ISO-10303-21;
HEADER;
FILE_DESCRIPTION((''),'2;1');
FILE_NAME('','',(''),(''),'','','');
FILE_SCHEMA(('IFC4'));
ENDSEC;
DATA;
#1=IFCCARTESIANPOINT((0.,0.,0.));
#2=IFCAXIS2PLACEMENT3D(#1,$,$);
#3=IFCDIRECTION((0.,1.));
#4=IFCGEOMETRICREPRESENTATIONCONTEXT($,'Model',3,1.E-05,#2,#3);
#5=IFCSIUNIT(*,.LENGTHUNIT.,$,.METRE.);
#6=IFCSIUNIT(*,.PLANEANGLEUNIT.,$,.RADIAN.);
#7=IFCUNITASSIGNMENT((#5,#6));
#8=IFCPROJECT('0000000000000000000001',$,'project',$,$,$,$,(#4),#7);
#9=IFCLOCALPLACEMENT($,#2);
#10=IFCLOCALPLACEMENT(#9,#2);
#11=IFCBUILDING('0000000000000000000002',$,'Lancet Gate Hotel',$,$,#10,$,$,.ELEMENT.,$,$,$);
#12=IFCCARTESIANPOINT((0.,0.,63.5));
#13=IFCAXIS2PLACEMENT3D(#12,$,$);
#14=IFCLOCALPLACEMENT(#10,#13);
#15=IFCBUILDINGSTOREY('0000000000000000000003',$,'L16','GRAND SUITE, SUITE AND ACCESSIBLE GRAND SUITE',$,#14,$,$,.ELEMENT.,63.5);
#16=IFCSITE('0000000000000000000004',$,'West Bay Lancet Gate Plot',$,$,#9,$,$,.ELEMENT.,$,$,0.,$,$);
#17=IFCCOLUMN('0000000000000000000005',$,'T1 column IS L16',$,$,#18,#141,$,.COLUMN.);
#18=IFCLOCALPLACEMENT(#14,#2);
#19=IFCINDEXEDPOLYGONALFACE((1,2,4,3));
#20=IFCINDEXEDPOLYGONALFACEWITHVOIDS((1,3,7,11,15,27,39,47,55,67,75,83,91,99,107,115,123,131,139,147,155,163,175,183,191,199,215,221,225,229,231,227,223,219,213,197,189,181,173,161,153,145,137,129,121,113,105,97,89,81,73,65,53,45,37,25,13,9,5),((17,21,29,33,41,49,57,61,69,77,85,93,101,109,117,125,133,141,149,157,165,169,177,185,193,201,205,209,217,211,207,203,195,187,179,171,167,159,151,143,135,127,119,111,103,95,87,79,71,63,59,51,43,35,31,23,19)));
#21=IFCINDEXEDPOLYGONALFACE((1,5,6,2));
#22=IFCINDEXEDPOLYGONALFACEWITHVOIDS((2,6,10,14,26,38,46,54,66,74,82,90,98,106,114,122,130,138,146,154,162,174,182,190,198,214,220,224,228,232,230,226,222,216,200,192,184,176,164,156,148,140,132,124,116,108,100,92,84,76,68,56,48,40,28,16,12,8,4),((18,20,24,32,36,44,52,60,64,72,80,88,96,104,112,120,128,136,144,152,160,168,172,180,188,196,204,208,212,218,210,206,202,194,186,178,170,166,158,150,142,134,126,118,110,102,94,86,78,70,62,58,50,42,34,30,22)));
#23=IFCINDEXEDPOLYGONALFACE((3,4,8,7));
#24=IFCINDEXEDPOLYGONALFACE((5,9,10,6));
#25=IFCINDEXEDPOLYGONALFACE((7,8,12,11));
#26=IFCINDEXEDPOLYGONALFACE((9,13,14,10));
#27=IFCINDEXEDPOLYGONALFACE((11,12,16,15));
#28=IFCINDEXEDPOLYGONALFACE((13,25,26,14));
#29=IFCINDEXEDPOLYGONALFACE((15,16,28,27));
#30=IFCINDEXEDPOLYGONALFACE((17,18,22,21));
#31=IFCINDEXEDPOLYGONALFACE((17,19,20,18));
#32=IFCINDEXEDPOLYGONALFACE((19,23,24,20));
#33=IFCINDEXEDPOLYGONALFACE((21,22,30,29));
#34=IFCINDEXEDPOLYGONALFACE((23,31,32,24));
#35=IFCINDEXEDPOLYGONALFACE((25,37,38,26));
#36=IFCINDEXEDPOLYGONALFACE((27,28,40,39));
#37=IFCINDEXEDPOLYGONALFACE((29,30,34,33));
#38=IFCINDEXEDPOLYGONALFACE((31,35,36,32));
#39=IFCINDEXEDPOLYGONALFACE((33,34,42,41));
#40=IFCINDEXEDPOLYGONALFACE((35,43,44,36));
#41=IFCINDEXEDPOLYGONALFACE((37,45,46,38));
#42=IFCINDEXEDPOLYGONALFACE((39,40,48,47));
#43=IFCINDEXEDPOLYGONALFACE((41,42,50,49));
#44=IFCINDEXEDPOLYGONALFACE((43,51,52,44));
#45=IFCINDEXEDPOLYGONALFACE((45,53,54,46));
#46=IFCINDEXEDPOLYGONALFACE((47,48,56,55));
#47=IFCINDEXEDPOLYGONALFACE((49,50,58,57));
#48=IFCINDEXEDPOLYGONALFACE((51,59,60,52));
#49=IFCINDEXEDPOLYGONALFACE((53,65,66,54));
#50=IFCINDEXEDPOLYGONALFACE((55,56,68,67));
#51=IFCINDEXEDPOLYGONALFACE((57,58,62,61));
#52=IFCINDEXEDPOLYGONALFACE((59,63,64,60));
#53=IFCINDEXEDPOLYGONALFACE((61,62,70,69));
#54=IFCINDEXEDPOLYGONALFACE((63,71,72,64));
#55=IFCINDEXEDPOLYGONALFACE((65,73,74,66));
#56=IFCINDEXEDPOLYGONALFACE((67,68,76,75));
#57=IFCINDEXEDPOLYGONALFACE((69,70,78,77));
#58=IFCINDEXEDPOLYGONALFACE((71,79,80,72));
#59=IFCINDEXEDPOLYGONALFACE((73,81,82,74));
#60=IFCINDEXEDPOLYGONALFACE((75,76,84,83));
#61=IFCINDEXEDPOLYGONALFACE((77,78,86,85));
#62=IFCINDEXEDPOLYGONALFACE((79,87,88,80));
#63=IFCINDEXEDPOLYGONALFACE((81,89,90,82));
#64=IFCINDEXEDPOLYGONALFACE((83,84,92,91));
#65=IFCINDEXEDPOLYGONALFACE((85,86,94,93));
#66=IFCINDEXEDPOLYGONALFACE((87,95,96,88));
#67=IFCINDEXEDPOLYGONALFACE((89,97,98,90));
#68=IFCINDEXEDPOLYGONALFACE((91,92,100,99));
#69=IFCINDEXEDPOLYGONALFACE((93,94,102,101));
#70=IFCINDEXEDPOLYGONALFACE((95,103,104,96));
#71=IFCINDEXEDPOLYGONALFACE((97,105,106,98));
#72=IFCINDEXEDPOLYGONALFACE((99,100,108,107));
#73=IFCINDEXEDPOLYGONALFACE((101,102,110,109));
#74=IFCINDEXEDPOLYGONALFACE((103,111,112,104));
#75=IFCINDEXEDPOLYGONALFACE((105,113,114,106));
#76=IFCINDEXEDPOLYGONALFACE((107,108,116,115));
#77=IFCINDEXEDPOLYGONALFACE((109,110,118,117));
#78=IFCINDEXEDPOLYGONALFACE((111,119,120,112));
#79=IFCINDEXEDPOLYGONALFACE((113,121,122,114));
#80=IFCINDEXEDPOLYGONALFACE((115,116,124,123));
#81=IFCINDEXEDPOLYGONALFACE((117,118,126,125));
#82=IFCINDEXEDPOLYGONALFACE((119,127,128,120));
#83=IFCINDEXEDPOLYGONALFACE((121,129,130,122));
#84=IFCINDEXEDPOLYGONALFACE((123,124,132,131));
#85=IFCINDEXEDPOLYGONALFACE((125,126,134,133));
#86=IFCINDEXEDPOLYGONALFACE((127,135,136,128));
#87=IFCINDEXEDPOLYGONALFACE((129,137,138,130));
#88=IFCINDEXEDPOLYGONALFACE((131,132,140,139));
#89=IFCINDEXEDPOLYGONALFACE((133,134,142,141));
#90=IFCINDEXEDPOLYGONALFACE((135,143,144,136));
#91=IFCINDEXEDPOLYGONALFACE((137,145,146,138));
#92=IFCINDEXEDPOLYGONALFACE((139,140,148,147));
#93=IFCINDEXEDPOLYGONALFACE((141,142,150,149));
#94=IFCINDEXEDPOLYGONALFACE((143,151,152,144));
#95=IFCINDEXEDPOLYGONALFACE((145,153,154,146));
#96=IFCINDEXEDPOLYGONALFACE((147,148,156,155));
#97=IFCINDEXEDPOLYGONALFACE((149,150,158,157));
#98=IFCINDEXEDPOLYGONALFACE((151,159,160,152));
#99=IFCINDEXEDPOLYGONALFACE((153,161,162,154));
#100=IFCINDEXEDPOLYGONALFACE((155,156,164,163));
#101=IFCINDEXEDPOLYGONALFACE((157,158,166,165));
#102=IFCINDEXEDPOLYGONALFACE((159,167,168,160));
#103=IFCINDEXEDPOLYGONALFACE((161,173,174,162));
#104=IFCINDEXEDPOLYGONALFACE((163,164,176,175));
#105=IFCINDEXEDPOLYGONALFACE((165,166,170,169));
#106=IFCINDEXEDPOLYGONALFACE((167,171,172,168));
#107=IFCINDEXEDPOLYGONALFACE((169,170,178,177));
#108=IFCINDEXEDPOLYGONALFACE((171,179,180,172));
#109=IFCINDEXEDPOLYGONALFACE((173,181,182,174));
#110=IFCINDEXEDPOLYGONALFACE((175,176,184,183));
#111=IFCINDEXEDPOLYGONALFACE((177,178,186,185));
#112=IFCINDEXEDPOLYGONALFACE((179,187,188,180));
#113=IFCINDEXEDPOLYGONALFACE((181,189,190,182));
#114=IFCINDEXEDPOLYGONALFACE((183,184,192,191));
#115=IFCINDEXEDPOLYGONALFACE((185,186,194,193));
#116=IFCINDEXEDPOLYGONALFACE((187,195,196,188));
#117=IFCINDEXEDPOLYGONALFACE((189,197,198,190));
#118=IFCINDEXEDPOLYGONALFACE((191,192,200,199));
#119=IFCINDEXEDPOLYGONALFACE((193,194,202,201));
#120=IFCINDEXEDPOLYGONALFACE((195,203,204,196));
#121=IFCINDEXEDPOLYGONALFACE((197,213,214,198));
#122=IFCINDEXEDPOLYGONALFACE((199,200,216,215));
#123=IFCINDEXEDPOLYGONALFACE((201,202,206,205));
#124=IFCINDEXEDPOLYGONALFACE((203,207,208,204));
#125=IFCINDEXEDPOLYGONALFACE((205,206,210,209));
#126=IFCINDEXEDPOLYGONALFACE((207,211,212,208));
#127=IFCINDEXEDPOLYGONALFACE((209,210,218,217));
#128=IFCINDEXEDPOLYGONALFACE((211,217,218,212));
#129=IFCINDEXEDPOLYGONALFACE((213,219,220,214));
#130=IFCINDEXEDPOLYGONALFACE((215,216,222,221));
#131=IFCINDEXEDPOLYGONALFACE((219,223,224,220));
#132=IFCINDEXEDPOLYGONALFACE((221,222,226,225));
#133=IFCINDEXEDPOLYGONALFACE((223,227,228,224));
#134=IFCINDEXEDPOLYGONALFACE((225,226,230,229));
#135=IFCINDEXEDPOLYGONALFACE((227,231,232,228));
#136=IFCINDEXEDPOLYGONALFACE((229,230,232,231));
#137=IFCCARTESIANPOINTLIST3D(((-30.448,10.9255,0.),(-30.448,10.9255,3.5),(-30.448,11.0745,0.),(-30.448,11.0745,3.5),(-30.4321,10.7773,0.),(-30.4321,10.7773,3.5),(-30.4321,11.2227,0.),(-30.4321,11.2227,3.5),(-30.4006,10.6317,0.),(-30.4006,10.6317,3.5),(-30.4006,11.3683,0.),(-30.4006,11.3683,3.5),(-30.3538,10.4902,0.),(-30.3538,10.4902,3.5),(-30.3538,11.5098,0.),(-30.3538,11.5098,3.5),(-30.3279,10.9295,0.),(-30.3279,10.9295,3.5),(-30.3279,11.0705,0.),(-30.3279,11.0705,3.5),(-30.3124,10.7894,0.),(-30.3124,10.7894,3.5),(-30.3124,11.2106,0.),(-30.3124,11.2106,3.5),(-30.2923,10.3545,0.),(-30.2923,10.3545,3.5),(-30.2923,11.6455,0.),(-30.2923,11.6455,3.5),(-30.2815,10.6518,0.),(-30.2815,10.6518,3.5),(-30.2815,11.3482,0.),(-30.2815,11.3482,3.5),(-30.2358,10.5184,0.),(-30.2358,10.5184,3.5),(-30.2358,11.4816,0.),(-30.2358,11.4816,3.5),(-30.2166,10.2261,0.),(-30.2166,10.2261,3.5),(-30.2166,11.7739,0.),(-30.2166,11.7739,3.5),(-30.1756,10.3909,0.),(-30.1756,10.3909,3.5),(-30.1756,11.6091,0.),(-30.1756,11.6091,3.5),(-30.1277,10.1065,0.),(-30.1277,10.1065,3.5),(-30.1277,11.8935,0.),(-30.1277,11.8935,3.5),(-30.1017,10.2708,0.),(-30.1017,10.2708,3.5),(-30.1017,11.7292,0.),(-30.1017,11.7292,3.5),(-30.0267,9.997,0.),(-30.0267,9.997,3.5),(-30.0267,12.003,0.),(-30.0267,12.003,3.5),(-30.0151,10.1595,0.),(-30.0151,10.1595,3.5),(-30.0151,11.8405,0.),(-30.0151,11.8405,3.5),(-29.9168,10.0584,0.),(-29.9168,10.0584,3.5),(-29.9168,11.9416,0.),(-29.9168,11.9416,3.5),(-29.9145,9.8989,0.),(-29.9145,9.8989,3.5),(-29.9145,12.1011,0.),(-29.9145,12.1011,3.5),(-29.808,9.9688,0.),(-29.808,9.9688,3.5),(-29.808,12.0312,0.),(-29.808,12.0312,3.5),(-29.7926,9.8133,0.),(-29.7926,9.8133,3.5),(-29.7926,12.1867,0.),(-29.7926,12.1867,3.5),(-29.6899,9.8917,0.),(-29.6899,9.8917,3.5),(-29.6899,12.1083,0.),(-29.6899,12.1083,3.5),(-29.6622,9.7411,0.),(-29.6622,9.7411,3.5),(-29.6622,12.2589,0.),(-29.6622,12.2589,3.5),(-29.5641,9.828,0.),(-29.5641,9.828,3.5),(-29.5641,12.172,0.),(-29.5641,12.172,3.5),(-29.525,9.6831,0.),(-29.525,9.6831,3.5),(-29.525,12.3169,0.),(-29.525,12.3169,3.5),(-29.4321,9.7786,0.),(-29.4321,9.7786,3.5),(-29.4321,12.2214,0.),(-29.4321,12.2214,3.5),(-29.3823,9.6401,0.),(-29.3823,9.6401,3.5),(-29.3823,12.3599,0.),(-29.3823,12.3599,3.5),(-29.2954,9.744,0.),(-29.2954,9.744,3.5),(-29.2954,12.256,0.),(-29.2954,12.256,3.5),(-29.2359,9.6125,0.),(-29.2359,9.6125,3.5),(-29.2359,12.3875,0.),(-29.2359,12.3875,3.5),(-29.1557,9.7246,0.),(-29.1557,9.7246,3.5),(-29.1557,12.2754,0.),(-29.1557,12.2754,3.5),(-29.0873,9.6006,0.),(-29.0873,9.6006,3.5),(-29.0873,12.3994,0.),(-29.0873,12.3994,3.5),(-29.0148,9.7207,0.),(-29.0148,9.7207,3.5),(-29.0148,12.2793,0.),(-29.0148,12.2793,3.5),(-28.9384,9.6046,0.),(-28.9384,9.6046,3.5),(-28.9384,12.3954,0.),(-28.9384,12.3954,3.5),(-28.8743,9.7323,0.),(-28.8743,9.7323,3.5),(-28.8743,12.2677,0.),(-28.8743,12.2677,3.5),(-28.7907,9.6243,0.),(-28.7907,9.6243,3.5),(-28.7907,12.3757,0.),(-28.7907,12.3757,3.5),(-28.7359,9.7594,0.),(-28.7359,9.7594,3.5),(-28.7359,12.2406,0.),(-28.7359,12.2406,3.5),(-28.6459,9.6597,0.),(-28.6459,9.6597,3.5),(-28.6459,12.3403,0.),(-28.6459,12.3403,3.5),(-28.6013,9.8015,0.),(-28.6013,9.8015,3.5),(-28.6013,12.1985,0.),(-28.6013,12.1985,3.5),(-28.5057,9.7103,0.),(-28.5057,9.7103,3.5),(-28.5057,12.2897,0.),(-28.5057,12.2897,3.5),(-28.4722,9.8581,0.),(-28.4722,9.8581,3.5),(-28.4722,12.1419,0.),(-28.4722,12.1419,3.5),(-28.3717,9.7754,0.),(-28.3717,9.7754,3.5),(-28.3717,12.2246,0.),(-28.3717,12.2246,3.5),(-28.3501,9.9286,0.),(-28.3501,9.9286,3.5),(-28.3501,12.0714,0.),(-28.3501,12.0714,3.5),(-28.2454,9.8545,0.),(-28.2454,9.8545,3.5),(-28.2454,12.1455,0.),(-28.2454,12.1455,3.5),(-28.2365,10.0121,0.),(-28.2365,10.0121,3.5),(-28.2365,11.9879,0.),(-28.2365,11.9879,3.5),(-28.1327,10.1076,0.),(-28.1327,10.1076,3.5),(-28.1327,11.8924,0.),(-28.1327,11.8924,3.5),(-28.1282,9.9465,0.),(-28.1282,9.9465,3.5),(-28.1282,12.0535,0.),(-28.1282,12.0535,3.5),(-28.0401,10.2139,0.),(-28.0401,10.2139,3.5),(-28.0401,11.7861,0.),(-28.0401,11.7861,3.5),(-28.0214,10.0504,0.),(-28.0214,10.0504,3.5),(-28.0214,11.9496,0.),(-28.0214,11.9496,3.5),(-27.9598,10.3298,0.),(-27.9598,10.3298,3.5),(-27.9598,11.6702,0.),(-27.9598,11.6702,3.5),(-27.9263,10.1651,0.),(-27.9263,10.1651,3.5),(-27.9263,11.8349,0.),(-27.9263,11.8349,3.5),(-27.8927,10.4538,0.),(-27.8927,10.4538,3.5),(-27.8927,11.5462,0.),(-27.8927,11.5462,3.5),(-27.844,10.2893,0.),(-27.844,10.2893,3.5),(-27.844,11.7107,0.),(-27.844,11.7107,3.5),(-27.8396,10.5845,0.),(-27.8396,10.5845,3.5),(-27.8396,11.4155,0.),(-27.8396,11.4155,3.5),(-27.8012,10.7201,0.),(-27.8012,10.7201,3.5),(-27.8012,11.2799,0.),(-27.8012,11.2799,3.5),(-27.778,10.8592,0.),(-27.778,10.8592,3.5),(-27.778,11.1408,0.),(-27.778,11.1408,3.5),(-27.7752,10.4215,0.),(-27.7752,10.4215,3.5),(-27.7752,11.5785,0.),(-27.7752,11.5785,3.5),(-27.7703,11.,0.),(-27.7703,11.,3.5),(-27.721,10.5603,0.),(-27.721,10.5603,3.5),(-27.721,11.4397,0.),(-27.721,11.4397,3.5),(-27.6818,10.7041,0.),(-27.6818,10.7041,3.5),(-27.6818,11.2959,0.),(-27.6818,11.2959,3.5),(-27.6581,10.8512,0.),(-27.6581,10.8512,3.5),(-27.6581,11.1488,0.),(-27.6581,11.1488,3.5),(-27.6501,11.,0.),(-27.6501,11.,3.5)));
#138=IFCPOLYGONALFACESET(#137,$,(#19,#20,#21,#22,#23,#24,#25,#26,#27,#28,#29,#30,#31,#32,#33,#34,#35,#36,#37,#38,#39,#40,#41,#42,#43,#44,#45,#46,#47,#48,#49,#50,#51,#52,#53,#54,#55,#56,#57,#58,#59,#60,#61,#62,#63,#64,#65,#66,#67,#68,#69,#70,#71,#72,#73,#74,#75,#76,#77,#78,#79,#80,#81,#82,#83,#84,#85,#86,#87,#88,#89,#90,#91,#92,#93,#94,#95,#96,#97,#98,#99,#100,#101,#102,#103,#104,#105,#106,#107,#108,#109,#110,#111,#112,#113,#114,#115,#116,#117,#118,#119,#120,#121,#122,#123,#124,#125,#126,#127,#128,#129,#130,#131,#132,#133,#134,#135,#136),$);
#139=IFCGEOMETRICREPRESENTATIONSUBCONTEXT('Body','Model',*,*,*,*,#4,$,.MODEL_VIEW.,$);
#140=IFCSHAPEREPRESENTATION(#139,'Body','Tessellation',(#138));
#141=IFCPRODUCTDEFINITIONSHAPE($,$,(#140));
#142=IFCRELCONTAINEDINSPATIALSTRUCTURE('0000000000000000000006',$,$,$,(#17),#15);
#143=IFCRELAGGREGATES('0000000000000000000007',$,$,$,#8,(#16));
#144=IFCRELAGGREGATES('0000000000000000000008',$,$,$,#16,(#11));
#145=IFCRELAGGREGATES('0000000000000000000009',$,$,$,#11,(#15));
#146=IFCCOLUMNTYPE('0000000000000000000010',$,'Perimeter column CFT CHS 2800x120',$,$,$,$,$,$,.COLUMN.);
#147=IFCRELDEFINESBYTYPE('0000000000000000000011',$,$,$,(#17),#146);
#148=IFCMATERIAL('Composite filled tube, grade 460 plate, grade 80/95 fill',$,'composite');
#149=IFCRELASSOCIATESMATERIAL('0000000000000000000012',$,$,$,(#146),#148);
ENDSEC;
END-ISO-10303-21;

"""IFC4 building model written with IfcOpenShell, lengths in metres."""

from ifc_helpers import new_model, si_unit, direction, frame, origin, origin_2d, place, context, subcontext, project, spatial, hollow_circle, extrude, material, material_profile, profile_set, type_object, element, save


model = new_model("IFC4")

# Units and contexts
model_context = context("Model", 3, precision=1e-05, world=origin(), true_north=direction((0.0, 1.0)))
body_context = subcontext(model_context, "Body", "Model", "MODEL_VIEW")
ifc_project = project(units=[si_unit("LENGTHUNIT", "METRE"), si_unit("PLANEANGLEUNIT", "RADIAN")], contexts=[model_context])

# Site, building, storey
site_placement = place(None, origin())
site = spatial("IfcSite", under=ifc_project, at=site_placement, Name="West Bay Lancet Gate Plot", CompositionType="ELEMENT", RefElevation=0.0)
building_placement = place(site_placement, origin())
building = spatial("IfcBuilding", under=site, at=building_placement, Name="Lancet Gate Hotel", CompositionType="ELEMENT")
storey_placement = place(building_placement, frame((0.0, 0.0, 63.5)))
storey = spatial("IfcBuildingStorey", under=building, at=storey_placement, Name="L16", Description="GRAND SUITE, SUITE AND ACCESSIBLE GRAND SUITE", CompositionType="ELEMENT", Elevation=63.5)

# Column
ifc_material_1 = material(Name="Composite filled tube, grade 460 plate, grade 80/95 fill", Category="composite")
ifc_material_profile_1 = material_profile(ifc_material_1, hollow_circle(Radius=1.3999, WallThickness=0.1201, at=origin_2d()), Name="CHS 2800x120")
ifc_profile_set_1 = profile_set([ifc_material_profile_1], Name="Composite filled tube, grade 460 plate, grade 80/95 fill")
column_type = type_object("IfcColumnType", Name="Perimeter column CFT CHS 2800x120", PredefinedType="COLUMN", material=ifc_profile_set_1)
for number, where, z_axis, x_axis, name in (
    (1, (-29.05, 11.0, 0.0), (0.0, 0.0, 1.0), (1.0, 0.0, 0.0), "T1 column IS L16"),
):
    element("IfcColumn", number, at=place(storey_placement, frame(where, z_axis=z_axis, x_axis=x_axis)), inside=storey, type_object=column_type, Name=name, PredefinedType="COLUMN", context=body_context, shape_type="SweptSolid", body=[
        extrude(hollow_circle(Radius=1.3999, WallThickness=0.1201, at=origin_2d()), origin(), (0.0, 0.0, 1.0), 3.5),
    ])

save(model, "model.ifc")
